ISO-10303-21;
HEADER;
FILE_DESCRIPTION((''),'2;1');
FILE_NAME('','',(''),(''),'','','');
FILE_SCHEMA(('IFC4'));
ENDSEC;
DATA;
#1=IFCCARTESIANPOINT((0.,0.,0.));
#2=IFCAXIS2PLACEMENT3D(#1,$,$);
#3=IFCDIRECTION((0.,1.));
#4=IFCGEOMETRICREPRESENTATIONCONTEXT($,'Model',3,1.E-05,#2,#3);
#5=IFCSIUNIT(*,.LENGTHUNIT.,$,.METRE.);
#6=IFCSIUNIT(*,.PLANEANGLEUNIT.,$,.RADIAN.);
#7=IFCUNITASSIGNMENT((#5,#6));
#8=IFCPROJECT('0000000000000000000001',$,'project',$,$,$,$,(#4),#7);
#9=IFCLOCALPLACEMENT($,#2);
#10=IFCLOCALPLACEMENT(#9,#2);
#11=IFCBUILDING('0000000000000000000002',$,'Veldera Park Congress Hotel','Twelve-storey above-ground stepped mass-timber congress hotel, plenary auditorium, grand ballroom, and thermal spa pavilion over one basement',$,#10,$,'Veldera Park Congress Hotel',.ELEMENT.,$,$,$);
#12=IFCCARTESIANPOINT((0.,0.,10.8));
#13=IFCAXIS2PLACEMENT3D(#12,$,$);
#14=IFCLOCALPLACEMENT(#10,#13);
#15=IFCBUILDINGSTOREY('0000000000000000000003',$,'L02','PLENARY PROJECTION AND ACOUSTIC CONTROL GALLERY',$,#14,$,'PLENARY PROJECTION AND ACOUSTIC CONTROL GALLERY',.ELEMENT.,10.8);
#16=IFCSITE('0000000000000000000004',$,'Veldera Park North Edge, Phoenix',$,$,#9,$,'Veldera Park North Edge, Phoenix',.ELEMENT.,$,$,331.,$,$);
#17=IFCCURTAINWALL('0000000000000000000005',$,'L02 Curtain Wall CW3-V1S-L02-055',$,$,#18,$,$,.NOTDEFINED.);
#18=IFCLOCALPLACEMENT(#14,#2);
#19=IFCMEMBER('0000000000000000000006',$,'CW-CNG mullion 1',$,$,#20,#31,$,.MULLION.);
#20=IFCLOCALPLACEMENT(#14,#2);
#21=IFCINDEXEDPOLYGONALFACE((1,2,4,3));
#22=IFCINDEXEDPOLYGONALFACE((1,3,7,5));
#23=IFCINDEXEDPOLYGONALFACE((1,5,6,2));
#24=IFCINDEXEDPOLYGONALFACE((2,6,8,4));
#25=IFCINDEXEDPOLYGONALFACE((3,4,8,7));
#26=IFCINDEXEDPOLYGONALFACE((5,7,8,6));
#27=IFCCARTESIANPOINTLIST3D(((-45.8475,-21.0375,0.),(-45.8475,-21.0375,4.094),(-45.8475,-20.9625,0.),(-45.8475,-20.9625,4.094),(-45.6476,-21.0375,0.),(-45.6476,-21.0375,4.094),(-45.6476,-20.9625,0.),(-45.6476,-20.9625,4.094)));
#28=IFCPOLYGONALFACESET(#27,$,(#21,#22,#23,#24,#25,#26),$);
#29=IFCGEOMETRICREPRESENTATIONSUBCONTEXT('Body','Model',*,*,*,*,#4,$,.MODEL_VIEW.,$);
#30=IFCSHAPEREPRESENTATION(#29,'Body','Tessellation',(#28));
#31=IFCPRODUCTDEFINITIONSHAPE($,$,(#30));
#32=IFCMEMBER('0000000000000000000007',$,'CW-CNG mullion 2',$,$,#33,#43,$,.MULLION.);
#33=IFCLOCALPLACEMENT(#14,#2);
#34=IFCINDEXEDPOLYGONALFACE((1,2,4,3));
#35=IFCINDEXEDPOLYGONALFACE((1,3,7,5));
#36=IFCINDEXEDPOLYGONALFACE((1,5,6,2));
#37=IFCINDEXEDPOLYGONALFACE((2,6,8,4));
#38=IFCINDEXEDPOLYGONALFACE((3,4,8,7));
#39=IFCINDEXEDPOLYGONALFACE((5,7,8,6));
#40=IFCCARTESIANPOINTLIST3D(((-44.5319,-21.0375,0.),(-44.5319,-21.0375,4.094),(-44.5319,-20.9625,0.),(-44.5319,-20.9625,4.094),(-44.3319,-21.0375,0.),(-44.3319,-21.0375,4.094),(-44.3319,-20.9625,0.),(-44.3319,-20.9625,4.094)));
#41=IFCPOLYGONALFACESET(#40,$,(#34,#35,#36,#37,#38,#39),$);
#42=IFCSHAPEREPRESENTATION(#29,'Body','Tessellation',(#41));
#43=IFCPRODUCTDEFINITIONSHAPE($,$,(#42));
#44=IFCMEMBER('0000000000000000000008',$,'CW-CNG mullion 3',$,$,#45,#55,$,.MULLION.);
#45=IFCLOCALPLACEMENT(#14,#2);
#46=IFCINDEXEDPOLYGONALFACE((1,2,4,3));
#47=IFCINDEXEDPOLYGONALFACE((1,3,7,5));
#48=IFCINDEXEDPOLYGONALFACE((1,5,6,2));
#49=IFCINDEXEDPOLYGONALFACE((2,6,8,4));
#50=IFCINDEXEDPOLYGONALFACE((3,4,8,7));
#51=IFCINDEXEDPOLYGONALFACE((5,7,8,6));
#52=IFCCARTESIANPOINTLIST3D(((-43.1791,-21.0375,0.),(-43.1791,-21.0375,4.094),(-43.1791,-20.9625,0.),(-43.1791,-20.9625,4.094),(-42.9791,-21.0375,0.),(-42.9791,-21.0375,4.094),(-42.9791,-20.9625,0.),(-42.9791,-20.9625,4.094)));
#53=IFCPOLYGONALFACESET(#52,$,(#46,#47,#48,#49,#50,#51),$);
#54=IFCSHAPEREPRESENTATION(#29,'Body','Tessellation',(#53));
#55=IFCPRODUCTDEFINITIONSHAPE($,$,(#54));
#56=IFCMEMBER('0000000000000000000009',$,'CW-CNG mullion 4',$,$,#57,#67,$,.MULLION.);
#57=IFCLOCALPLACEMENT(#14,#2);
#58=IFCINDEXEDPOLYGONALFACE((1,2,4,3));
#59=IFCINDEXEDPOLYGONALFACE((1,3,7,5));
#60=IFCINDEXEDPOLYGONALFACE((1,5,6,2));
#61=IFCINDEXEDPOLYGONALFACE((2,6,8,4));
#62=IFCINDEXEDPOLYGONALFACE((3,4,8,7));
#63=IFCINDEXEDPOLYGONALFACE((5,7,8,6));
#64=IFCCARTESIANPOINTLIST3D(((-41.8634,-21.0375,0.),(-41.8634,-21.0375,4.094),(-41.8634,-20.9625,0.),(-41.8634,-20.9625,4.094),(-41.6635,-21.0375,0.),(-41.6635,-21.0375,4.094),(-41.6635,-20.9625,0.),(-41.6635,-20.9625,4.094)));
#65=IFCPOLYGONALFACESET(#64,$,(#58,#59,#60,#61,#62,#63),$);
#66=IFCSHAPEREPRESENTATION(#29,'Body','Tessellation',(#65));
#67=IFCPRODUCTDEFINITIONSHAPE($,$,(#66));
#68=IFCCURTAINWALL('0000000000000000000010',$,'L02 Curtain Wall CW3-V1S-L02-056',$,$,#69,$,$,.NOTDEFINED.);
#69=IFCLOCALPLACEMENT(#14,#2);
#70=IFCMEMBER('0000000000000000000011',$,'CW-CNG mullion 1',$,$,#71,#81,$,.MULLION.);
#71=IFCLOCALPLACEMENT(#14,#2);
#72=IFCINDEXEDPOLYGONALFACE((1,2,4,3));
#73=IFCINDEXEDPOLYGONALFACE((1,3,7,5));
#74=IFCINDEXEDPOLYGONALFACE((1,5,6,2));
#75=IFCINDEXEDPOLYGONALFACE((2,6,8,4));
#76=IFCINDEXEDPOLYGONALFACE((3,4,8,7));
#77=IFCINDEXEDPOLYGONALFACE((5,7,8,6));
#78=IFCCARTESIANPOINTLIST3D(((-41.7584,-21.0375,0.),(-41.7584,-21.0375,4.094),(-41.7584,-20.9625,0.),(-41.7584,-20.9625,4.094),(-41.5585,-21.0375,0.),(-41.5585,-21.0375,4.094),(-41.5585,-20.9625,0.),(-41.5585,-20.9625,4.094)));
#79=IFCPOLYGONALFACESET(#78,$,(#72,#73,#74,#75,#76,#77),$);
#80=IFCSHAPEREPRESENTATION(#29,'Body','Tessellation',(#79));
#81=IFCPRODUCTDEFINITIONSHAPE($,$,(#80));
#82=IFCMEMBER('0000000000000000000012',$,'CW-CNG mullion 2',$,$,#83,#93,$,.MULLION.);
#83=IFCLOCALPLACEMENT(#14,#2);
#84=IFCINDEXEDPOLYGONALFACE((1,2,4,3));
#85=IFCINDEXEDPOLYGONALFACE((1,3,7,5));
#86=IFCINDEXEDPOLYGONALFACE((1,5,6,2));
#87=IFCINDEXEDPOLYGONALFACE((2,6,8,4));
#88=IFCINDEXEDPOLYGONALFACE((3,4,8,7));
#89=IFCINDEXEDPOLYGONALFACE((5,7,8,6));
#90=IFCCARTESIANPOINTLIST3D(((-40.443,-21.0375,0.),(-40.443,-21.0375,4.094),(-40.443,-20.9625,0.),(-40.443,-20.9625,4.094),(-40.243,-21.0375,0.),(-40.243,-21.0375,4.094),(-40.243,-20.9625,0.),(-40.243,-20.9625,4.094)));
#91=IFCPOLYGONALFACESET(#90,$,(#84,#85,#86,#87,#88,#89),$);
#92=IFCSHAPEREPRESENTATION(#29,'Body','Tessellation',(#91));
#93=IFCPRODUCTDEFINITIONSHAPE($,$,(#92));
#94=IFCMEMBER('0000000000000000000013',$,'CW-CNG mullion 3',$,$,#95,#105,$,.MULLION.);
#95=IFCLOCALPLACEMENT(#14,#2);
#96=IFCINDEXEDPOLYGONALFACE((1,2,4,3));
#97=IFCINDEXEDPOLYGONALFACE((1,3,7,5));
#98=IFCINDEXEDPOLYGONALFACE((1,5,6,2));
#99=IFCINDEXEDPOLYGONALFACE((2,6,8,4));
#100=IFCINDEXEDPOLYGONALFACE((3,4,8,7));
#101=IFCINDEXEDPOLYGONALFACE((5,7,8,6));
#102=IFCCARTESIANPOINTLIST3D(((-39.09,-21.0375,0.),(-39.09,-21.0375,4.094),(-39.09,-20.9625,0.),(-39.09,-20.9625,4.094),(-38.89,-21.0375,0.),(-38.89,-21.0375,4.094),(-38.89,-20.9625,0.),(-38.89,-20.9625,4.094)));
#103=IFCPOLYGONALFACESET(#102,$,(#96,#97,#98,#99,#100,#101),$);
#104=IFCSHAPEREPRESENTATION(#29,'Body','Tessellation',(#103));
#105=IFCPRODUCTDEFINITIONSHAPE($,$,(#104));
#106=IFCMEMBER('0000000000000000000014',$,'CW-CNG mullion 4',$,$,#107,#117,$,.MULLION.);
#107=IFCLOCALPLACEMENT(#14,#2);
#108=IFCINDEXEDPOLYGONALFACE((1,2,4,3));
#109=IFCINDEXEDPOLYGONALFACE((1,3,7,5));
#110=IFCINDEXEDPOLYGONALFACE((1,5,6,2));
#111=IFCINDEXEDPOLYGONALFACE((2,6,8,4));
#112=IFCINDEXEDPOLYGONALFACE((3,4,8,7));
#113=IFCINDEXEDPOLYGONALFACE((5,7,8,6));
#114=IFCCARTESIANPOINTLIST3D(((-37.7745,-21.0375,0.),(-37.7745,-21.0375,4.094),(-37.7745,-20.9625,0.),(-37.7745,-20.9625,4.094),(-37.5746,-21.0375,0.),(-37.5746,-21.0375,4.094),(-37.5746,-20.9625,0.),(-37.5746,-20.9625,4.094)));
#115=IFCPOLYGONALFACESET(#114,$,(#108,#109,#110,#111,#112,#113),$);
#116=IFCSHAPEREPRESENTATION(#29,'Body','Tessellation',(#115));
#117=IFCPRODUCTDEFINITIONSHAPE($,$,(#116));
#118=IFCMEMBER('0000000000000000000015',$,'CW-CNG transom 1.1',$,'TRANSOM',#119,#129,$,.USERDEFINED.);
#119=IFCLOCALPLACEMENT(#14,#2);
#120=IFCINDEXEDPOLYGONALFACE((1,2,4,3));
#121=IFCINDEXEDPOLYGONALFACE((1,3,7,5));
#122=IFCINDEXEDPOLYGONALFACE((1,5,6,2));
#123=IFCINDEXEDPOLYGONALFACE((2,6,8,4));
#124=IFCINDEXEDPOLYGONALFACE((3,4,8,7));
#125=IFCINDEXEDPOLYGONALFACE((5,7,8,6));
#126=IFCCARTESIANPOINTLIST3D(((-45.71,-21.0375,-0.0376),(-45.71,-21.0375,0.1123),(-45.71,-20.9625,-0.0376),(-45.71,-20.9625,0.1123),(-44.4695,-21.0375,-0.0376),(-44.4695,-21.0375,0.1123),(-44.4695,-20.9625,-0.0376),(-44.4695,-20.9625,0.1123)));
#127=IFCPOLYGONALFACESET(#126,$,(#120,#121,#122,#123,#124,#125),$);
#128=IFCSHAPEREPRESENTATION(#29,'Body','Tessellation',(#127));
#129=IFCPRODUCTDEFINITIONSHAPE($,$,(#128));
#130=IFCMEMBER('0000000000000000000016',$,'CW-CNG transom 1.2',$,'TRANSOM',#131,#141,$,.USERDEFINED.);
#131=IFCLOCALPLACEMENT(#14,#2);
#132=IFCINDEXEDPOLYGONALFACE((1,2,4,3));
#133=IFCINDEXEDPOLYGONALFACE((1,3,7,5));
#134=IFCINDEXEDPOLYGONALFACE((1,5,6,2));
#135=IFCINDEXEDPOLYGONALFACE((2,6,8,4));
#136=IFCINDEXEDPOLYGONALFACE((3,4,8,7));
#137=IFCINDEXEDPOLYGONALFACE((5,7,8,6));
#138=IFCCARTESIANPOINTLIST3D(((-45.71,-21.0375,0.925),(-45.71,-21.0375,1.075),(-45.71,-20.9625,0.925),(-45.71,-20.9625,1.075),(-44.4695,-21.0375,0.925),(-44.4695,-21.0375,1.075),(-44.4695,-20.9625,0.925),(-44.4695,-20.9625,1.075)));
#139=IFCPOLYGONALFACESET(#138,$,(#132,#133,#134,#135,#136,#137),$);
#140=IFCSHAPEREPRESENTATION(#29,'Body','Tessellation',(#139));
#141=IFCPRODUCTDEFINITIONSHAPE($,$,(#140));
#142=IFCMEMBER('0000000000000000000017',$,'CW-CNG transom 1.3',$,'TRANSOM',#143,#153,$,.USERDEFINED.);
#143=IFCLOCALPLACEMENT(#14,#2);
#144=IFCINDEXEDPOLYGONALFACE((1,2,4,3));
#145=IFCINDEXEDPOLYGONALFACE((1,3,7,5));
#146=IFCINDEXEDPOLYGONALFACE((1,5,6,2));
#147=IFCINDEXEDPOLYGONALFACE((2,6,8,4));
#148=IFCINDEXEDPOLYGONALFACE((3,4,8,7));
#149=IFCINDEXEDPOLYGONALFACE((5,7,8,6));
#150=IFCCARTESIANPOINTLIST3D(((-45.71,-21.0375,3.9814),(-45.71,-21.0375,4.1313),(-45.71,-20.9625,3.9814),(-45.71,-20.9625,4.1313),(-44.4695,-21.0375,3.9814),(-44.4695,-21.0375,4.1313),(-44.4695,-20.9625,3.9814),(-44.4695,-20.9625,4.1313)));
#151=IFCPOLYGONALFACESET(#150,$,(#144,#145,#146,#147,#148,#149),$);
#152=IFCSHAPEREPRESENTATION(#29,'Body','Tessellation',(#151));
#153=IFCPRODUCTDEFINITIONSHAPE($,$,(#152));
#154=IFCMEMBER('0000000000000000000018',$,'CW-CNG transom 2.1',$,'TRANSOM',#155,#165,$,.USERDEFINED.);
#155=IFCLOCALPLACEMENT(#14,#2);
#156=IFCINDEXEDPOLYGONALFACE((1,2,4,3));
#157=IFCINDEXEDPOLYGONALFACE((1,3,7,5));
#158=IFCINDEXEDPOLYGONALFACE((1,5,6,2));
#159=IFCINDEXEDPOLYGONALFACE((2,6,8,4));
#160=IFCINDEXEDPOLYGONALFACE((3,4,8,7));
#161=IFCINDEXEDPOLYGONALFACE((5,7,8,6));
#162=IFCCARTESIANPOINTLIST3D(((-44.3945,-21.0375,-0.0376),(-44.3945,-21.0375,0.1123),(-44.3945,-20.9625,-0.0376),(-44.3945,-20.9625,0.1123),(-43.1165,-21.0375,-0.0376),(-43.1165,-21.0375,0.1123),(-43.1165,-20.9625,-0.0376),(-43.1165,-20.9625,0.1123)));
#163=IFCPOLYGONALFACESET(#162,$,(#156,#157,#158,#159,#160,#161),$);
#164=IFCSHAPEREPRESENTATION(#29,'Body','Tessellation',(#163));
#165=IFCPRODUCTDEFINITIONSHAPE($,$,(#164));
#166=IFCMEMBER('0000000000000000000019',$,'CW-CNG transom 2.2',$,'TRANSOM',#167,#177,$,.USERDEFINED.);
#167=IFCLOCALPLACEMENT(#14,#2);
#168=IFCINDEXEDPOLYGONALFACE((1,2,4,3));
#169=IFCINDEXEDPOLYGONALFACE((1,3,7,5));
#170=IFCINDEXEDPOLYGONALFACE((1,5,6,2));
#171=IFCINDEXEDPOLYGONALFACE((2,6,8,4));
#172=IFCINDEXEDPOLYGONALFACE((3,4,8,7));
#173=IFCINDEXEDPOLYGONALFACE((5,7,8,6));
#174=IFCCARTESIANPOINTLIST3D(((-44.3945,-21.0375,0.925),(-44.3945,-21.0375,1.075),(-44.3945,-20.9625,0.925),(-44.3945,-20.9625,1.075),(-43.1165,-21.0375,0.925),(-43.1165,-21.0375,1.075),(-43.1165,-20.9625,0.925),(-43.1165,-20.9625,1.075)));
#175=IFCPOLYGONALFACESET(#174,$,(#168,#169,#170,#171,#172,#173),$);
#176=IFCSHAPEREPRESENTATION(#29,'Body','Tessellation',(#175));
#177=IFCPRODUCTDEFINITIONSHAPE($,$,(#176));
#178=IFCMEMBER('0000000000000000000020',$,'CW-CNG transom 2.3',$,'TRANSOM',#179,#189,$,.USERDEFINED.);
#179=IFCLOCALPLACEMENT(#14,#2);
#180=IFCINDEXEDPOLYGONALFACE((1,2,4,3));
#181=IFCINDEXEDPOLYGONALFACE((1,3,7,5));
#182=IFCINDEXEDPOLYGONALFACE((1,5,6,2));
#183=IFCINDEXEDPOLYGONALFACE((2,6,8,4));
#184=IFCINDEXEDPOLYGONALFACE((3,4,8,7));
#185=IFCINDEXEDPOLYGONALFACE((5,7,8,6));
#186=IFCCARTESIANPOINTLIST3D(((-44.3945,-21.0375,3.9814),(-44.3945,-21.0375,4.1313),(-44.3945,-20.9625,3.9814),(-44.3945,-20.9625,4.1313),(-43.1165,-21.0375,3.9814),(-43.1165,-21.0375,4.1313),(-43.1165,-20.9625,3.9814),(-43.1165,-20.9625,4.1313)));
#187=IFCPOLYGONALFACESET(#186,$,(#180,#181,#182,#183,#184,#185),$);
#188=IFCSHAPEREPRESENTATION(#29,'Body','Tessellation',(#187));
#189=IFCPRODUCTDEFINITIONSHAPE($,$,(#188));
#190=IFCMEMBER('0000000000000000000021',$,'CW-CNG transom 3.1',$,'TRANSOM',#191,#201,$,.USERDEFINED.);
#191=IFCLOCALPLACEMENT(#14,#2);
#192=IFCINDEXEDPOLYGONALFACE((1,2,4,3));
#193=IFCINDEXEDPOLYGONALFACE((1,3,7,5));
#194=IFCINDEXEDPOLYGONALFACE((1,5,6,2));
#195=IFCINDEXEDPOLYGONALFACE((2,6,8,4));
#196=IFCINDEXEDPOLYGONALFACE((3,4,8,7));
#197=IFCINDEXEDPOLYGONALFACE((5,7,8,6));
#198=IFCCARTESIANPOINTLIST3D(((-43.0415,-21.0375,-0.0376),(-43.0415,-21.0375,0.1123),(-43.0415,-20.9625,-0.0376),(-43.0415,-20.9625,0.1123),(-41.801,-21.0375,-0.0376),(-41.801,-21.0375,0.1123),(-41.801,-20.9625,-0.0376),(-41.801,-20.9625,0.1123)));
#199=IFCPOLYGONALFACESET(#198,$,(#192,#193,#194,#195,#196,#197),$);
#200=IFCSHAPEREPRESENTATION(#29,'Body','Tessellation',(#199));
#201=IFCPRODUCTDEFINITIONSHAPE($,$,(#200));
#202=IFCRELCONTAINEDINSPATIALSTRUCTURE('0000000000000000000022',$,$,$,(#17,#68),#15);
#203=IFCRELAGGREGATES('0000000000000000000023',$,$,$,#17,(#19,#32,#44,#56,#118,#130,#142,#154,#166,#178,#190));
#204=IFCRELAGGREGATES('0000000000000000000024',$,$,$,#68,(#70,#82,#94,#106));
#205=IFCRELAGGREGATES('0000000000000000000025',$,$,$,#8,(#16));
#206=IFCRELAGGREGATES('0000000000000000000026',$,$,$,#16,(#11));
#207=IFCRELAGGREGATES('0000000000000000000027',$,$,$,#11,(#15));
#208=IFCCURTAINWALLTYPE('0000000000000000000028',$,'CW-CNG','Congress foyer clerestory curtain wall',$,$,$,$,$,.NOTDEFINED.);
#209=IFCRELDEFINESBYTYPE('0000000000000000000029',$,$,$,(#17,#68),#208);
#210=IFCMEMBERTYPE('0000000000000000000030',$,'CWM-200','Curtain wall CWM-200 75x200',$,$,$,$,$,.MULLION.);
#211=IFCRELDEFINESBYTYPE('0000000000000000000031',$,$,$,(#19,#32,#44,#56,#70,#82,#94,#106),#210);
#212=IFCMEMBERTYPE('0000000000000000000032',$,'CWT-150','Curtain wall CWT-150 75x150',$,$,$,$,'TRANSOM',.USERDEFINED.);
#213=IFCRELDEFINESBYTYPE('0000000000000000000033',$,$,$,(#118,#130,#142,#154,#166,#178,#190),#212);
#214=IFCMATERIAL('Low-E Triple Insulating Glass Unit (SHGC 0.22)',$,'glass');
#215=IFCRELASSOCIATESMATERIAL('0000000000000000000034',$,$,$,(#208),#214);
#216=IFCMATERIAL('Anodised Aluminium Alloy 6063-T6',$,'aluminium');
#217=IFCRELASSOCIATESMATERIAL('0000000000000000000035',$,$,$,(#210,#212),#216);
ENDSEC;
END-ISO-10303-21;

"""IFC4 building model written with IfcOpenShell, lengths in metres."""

from ifc_helpers import new_model, si_unit, direction, frame, origin, origin_2d, place, context, subcontext, project, spatial, rectangle, extrude, material, material_profile, profile_set, type_object, element, aggregate, save


model = new_model("IFC4")

# Units and contexts
model_context = context("Model", 3, precision=1e-05, world=origin(), true_north=direction((0.0, 1.0)))
body_context = subcontext(model_context, "Body", "Model", "MODEL_VIEW")
ifc_project = project(units=[si_unit("LENGTHUNIT", "METRE"), si_unit("PLANEANGLEUNIT", "RADIAN")], contexts=[model_context])

# Site, building, storey
site_placement = place(None, origin())
site = spatial("IfcSite", under=ifc_project, at=site_placement, Name="Veldera Park North Edge, Phoenix", LongName="Veldera Park North Edge, Phoenix", CompositionType="ELEMENT", RefElevation=331.0)
building_placement = place(site_placement, origin())
building = spatial("IfcBuilding", under=site, at=building_placement, Name="Veldera Park Congress Hotel", Description="Twelve-storey above-ground stepped mass-timber congress hotel, plenary auditorium, grand ballroom, and thermal spa pavilion over one basement", LongName="Veldera Park Congress Hotel", CompositionType="ELEMENT")
storey_placement = place(building_placement, frame((0.0, 0.0, 10.8)))
storey = spatial("IfcBuildingStorey", under=building, at=storey_placement, Name="L02", Description="PLENARY PROJECTION AND ACOUSTIC CONTROL GALLERY", LongName="PLENARY PROJECTION AND ACOUSTIC CONTROL GALLERY", CompositionType="ELEMENT", Elevation=10.8)

# Curtain walls, members
ifc_material_1 = material(Name="Low-E Triple Insulating Glass Unit (SHGC 0.22)", Category="glass")
curtain_wall_type = type_object("IfcCurtainWallType", Name="CW-CNG", Description="Congress foyer clerestory curtain wall", PredefinedType="NOTDEFINED", material=ifc_material_1)
curtain_wall_1_placement = place(storey_placement, origin())
curtain_wall_1 = element("IfcCurtainWall", 1, at=curtain_wall_1_placement, inside=storey, type_object=curtain_wall_type, Name="L02 Curtain Wall CW3-V1S-L02-055", PredefinedType="NOTDEFINED")
ifc_material_2 = material(Name="Anodised Aluminium Alloy 6063-T6", Category="aluminium")
ifc_material_profile_1 = material_profile(ifc_material_2, rectangle(XDim=0.075, YDim=0.2, at=origin_2d()), Name="ALU 75x200")
ifc_profile_set_1 = profile_set([ifc_material_profile_1], Name="Anodised Aluminium Alloy 6063-T6")
member_type_1 = type_object("IfcMemberType", Name="CWM-200", Description="Curtain wall CWM-200 75x200", PredefinedType="MULLION", material=ifc_profile_set_1)
member_1_placement = place(storey_placement, frame((-45.7476, -21.0, 0.0), z_axis=(0.0, 0.0, 1.0), x_axis=(0.0, 1.0, 0.0)))
member_1 = element("IfcMember", 2, at=member_1_placement, type_object=member_type_1, Name="CW-CNG mullion 1", PredefinedType="MULLION", context=body_context, shape_type="SweptSolid", body=[
    extrude(rectangle(XDim=0.075, YDim=0.2, at=origin_2d()), origin(), (0.0, 0.0, 1.0), 4.094),
])
member_2_placement = place(storey_placement, frame((-44.4319, -21.0, 0.0), z_axis=(0.0, 0.0, 1.0), x_axis=(0.0, 1.0, 0.0)))
member_2 = element("IfcMember", 3, at=member_2_placement, type_object=member_type_1, Name="CW-CNG mullion 2", PredefinedType="MULLION", context=body_context, shape_type="SweptSolid", body=[
    extrude(rectangle(XDim=0.075, YDim=0.2, at=origin_2d()), origin(), (0.0, 0.0, 1.0), 4.094),
])
member_3_placement = place(storey_placement, frame((-43.0791, -21.0, 0.0), z_axis=(0.0, 0.0, 1.0), x_axis=(0.0, 1.0, 0.0)))
member_3 = element("IfcMember", 4, at=member_3_placement, type_object=member_type_1, Name="CW-CNG mullion 3", PredefinedType="MULLION", context=body_context, shape_type="SweptSolid", body=[
    extrude(rectangle(XDim=0.075, YDim=0.2, at=origin_2d()), origin(), (0.0, 0.0, 1.0), 4.094),
])
member_4_placement = place(storey_placement, frame((-41.7634, -21.0, 0.0), z_axis=(0.0, 0.0, 1.0), x_axis=(0.0, 1.0, 0.0)))
member_4 = element("IfcMember", 5, at=member_4_placement, type_object=member_type_1, Name="CW-CNG mullion 4", PredefinedType="MULLION", context=body_context, shape_type="SweptSolid", body=[
    extrude(rectangle(XDim=0.075, YDim=0.2, at=origin_2d()), origin(), (0.0, 0.0, 1.0), 4.094),
])
curtain_wall_2_placement = place(storey_placement, origin())
curtain_wall_2 = element("IfcCurtainWall", 6, at=curtain_wall_2_placement, inside=storey, type_object=curtain_wall_type, Name="L02 Curtain Wall CW3-V1S-L02-056", PredefinedType="NOTDEFINED")
member_5_placement = place(storey_placement, frame((-41.6584, -21.0, 0.0), z_axis=(0.0, 0.0, 1.0), x_axis=(0.0, 1.0, 0.0)))
member_5 = element("IfcMember", 7, at=member_5_placement, type_object=member_type_1, Name="CW-CNG mullion 1", PredefinedType="MULLION", context=body_context, shape_type="SweptSolid", body=[
    extrude(rectangle(XDim=0.075, YDim=0.2, at=origin_2d()), origin(), (0.0, 0.0, 1.0), 4.094),
])
member_6_placement = place(storey_placement, frame((-40.343, -21.0, 0.0), z_axis=(0.0, 0.0, 1.0), x_axis=(0.0, 1.0, 0.0)))
member_6 = element("IfcMember", 8, at=member_6_placement, type_object=member_type_1, Name="CW-CNG mullion 2", PredefinedType="MULLION", context=body_context, shape_type="SweptSolid", body=[
    extrude(rectangle(XDim=0.075, YDim=0.2, at=origin_2d()), origin(), (0.0, 0.0, 1.0), 4.094),
])
member_7_placement = place(storey_placement, frame((-38.99, -21.0, 0.0), z_axis=(0.0, 0.0, 1.0), x_axis=(0.0, 1.0, 0.0)))
member_7 = element("IfcMember", 9, at=member_7_placement, type_object=member_type_1, Name="CW-CNG mullion 3", PredefinedType="MULLION", context=body_context, shape_type="SweptSolid", body=[
    extrude(rectangle(XDim=0.075, YDim=0.2, at=origin_2d()), origin(), (0.0, 0.0, 1.0), 4.094),
])
member_8_placement = place(storey_placement, frame((-37.6746, -21.0, 0.0), z_axis=(0.0, 0.0, 1.0), x_axis=(0.0, 1.0, 0.0)))
member_8 = element("IfcMember", 10, at=member_8_placement, type_object=member_type_1, Name="CW-CNG mullion 4", PredefinedType="MULLION", context=body_context, shape_type="SweptSolid", body=[
    extrude(rectangle(XDim=0.075, YDim=0.2, at=origin_2d()), origin(), (0.0, 0.0, 1.0), 4.094),
])

# Members
ifc_material_profile_2 = material_profile(ifc_material_2, rectangle(XDim=0.075, YDim=0.1499, at=origin_2d()), Name="ALU 75x150")
ifc_profile_set_2 = profile_set([ifc_material_profile_2], Name="Anodised Aluminium Alloy 6063-T6")
member_type_2 = type_object("IfcMemberType", Name="CWT-150", Description="Curtain wall CWT-150 75x150", ElementType="TRANSOM", PredefinedType="USERDEFINED", material=ifc_profile_set_2)
member_9_placement = place(storey_placement, frame((-45.71, -21.0, 0.0374), z_axis=(1.0, 0.0, 0.0), x_axis=(0.0, 1.0, 0.0)))
member_9 = element("IfcMember", 11, at=member_9_placement, type_object=member_type_2, Name="CW-CNG transom 1.1", ObjectType="TRANSOM", PredefinedType="USERDEFINED", context=body_context, shape_type="SweptSolid", body=[
    extrude(rectangle(XDim=0.075, YDim=0.1499, at=origin_2d()), origin(), (0.0, 0.0, 1.0), 1.2405),
])
member_10_placement = place(storey_placement, frame((-45.71, -21.0, 1.0), z_axis=(1.0, 0.0, 0.0), x_axis=(0.0, 1.0, 0.0)))
member_10 = element("IfcMember", 12, at=member_10_placement, type_object=member_type_2, Name="CW-CNG transom 1.2", ObjectType="TRANSOM", PredefinedType="USERDEFINED", context=body_context, shape_type="SweptSolid", body=[
    extrude(rectangle(XDim=0.075, YDim=0.1499, at=origin_2d()), origin(), (0.0, 0.0, 1.0), 1.2405),
])
member_11_placement = place(storey_placement, frame((-45.71, -21.0, 4.0564), z_axis=(1.0, 0.0, 0.0), x_axis=(0.0, 1.0, 0.0)))
member_11 = element("IfcMember", 13, at=member_11_placement, type_object=member_type_2, Name="CW-CNG transom 1.3", ObjectType="TRANSOM", PredefinedType="USERDEFINED", context=body_context, shape_type="SweptSolid", body=[
    extrude(rectangle(XDim=0.075, YDim=0.1499, at=origin_2d()), origin(), (0.0, 0.0, 1.0), 1.2405),
])
member_12_placement = place(storey_placement, frame((-44.3945, -21.0, 0.0374), z_axis=(1.0, 0.0, 0.0), x_axis=(0.0, 1.0, 0.0)))
member_12 = element("IfcMember", 14, at=member_12_placement, type_object=member_type_2, Name="CW-CNG transom 2.1", ObjectType="TRANSOM", PredefinedType="USERDEFINED", context=body_context, shape_type="SweptSolid", body=[
    extrude(rectangle(XDim=0.075, YDim=0.1499, at=origin_2d()), origin(), (0.0, 0.0, 1.0), 1.2781),
])
member_13_placement = place(storey_placement, frame((-44.3945, -21.0, 1.0), z_axis=(1.0, 0.0, 0.0), x_axis=(0.0, 1.0, 0.0)))
member_13 = element("IfcMember", 15, at=member_13_placement, type_object=member_type_2, Name="CW-CNG transom 2.2", ObjectType="TRANSOM", PredefinedType="USERDEFINED", context=body_context, shape_type="SweptSolid", body=[
    extrude(rectangle(XDim=0.075, YDim=0.1499, at=origin_2d()), origin(), (0.0, 0.0, 1.0), 1.2781),
])
member_14_placement = place(storey_placement, frame((-44.3945, -21.0, 4.0564), z_axis=(1.0, 0.0, 0.0), x_axis=(0.0, 1.0, 0.0)))
member_14 = element("IfcMember", 16, at=member_14_placement, type_object=member_type_2, Name="CW-CNG transom 2.3", ObjectType="TRANSOM", PredefinedType="USERDEFINED", context=body_context, shape_type="SweptSolid", body=[
    extrude(rectangle(XDim=0.075, YDim=0.1499, at=origin_2d()), origin(), (0.0, 0.0, 1.0), 1.2781),
])
member_15_placement = place(storey_placement, frame((-43.0415, -21.0, 0.0374), z_axis=(1.0, 0.0, 0.0), x_axis=(0.0, 1.0, 0.0)))
member_15 = element("IfcMember", 17, at=member_15_placement, type_object=member_type_2, Name="CW-CNG transom 3.1", ObjectType="TRANSOM", PredefinedType="USERDEFINED", context=body_context, shape_type="SweptSolid", body=[
    extrude(rectangle(XDim=0.075, YDim=0.1499, at=origin_2d()), origin(), (0.0, 0.0, 1.0), 1.2405),
])

aggregate(curtain_wall_1, [member_1, member_2, member_3, member_4, member_9, member_10, member_11, member_12, member_13, member_14, member_15])
aggregate(curtain_wall_2, [member_5, member_6, member_7, member_8])

save(model, "model.ifc")
